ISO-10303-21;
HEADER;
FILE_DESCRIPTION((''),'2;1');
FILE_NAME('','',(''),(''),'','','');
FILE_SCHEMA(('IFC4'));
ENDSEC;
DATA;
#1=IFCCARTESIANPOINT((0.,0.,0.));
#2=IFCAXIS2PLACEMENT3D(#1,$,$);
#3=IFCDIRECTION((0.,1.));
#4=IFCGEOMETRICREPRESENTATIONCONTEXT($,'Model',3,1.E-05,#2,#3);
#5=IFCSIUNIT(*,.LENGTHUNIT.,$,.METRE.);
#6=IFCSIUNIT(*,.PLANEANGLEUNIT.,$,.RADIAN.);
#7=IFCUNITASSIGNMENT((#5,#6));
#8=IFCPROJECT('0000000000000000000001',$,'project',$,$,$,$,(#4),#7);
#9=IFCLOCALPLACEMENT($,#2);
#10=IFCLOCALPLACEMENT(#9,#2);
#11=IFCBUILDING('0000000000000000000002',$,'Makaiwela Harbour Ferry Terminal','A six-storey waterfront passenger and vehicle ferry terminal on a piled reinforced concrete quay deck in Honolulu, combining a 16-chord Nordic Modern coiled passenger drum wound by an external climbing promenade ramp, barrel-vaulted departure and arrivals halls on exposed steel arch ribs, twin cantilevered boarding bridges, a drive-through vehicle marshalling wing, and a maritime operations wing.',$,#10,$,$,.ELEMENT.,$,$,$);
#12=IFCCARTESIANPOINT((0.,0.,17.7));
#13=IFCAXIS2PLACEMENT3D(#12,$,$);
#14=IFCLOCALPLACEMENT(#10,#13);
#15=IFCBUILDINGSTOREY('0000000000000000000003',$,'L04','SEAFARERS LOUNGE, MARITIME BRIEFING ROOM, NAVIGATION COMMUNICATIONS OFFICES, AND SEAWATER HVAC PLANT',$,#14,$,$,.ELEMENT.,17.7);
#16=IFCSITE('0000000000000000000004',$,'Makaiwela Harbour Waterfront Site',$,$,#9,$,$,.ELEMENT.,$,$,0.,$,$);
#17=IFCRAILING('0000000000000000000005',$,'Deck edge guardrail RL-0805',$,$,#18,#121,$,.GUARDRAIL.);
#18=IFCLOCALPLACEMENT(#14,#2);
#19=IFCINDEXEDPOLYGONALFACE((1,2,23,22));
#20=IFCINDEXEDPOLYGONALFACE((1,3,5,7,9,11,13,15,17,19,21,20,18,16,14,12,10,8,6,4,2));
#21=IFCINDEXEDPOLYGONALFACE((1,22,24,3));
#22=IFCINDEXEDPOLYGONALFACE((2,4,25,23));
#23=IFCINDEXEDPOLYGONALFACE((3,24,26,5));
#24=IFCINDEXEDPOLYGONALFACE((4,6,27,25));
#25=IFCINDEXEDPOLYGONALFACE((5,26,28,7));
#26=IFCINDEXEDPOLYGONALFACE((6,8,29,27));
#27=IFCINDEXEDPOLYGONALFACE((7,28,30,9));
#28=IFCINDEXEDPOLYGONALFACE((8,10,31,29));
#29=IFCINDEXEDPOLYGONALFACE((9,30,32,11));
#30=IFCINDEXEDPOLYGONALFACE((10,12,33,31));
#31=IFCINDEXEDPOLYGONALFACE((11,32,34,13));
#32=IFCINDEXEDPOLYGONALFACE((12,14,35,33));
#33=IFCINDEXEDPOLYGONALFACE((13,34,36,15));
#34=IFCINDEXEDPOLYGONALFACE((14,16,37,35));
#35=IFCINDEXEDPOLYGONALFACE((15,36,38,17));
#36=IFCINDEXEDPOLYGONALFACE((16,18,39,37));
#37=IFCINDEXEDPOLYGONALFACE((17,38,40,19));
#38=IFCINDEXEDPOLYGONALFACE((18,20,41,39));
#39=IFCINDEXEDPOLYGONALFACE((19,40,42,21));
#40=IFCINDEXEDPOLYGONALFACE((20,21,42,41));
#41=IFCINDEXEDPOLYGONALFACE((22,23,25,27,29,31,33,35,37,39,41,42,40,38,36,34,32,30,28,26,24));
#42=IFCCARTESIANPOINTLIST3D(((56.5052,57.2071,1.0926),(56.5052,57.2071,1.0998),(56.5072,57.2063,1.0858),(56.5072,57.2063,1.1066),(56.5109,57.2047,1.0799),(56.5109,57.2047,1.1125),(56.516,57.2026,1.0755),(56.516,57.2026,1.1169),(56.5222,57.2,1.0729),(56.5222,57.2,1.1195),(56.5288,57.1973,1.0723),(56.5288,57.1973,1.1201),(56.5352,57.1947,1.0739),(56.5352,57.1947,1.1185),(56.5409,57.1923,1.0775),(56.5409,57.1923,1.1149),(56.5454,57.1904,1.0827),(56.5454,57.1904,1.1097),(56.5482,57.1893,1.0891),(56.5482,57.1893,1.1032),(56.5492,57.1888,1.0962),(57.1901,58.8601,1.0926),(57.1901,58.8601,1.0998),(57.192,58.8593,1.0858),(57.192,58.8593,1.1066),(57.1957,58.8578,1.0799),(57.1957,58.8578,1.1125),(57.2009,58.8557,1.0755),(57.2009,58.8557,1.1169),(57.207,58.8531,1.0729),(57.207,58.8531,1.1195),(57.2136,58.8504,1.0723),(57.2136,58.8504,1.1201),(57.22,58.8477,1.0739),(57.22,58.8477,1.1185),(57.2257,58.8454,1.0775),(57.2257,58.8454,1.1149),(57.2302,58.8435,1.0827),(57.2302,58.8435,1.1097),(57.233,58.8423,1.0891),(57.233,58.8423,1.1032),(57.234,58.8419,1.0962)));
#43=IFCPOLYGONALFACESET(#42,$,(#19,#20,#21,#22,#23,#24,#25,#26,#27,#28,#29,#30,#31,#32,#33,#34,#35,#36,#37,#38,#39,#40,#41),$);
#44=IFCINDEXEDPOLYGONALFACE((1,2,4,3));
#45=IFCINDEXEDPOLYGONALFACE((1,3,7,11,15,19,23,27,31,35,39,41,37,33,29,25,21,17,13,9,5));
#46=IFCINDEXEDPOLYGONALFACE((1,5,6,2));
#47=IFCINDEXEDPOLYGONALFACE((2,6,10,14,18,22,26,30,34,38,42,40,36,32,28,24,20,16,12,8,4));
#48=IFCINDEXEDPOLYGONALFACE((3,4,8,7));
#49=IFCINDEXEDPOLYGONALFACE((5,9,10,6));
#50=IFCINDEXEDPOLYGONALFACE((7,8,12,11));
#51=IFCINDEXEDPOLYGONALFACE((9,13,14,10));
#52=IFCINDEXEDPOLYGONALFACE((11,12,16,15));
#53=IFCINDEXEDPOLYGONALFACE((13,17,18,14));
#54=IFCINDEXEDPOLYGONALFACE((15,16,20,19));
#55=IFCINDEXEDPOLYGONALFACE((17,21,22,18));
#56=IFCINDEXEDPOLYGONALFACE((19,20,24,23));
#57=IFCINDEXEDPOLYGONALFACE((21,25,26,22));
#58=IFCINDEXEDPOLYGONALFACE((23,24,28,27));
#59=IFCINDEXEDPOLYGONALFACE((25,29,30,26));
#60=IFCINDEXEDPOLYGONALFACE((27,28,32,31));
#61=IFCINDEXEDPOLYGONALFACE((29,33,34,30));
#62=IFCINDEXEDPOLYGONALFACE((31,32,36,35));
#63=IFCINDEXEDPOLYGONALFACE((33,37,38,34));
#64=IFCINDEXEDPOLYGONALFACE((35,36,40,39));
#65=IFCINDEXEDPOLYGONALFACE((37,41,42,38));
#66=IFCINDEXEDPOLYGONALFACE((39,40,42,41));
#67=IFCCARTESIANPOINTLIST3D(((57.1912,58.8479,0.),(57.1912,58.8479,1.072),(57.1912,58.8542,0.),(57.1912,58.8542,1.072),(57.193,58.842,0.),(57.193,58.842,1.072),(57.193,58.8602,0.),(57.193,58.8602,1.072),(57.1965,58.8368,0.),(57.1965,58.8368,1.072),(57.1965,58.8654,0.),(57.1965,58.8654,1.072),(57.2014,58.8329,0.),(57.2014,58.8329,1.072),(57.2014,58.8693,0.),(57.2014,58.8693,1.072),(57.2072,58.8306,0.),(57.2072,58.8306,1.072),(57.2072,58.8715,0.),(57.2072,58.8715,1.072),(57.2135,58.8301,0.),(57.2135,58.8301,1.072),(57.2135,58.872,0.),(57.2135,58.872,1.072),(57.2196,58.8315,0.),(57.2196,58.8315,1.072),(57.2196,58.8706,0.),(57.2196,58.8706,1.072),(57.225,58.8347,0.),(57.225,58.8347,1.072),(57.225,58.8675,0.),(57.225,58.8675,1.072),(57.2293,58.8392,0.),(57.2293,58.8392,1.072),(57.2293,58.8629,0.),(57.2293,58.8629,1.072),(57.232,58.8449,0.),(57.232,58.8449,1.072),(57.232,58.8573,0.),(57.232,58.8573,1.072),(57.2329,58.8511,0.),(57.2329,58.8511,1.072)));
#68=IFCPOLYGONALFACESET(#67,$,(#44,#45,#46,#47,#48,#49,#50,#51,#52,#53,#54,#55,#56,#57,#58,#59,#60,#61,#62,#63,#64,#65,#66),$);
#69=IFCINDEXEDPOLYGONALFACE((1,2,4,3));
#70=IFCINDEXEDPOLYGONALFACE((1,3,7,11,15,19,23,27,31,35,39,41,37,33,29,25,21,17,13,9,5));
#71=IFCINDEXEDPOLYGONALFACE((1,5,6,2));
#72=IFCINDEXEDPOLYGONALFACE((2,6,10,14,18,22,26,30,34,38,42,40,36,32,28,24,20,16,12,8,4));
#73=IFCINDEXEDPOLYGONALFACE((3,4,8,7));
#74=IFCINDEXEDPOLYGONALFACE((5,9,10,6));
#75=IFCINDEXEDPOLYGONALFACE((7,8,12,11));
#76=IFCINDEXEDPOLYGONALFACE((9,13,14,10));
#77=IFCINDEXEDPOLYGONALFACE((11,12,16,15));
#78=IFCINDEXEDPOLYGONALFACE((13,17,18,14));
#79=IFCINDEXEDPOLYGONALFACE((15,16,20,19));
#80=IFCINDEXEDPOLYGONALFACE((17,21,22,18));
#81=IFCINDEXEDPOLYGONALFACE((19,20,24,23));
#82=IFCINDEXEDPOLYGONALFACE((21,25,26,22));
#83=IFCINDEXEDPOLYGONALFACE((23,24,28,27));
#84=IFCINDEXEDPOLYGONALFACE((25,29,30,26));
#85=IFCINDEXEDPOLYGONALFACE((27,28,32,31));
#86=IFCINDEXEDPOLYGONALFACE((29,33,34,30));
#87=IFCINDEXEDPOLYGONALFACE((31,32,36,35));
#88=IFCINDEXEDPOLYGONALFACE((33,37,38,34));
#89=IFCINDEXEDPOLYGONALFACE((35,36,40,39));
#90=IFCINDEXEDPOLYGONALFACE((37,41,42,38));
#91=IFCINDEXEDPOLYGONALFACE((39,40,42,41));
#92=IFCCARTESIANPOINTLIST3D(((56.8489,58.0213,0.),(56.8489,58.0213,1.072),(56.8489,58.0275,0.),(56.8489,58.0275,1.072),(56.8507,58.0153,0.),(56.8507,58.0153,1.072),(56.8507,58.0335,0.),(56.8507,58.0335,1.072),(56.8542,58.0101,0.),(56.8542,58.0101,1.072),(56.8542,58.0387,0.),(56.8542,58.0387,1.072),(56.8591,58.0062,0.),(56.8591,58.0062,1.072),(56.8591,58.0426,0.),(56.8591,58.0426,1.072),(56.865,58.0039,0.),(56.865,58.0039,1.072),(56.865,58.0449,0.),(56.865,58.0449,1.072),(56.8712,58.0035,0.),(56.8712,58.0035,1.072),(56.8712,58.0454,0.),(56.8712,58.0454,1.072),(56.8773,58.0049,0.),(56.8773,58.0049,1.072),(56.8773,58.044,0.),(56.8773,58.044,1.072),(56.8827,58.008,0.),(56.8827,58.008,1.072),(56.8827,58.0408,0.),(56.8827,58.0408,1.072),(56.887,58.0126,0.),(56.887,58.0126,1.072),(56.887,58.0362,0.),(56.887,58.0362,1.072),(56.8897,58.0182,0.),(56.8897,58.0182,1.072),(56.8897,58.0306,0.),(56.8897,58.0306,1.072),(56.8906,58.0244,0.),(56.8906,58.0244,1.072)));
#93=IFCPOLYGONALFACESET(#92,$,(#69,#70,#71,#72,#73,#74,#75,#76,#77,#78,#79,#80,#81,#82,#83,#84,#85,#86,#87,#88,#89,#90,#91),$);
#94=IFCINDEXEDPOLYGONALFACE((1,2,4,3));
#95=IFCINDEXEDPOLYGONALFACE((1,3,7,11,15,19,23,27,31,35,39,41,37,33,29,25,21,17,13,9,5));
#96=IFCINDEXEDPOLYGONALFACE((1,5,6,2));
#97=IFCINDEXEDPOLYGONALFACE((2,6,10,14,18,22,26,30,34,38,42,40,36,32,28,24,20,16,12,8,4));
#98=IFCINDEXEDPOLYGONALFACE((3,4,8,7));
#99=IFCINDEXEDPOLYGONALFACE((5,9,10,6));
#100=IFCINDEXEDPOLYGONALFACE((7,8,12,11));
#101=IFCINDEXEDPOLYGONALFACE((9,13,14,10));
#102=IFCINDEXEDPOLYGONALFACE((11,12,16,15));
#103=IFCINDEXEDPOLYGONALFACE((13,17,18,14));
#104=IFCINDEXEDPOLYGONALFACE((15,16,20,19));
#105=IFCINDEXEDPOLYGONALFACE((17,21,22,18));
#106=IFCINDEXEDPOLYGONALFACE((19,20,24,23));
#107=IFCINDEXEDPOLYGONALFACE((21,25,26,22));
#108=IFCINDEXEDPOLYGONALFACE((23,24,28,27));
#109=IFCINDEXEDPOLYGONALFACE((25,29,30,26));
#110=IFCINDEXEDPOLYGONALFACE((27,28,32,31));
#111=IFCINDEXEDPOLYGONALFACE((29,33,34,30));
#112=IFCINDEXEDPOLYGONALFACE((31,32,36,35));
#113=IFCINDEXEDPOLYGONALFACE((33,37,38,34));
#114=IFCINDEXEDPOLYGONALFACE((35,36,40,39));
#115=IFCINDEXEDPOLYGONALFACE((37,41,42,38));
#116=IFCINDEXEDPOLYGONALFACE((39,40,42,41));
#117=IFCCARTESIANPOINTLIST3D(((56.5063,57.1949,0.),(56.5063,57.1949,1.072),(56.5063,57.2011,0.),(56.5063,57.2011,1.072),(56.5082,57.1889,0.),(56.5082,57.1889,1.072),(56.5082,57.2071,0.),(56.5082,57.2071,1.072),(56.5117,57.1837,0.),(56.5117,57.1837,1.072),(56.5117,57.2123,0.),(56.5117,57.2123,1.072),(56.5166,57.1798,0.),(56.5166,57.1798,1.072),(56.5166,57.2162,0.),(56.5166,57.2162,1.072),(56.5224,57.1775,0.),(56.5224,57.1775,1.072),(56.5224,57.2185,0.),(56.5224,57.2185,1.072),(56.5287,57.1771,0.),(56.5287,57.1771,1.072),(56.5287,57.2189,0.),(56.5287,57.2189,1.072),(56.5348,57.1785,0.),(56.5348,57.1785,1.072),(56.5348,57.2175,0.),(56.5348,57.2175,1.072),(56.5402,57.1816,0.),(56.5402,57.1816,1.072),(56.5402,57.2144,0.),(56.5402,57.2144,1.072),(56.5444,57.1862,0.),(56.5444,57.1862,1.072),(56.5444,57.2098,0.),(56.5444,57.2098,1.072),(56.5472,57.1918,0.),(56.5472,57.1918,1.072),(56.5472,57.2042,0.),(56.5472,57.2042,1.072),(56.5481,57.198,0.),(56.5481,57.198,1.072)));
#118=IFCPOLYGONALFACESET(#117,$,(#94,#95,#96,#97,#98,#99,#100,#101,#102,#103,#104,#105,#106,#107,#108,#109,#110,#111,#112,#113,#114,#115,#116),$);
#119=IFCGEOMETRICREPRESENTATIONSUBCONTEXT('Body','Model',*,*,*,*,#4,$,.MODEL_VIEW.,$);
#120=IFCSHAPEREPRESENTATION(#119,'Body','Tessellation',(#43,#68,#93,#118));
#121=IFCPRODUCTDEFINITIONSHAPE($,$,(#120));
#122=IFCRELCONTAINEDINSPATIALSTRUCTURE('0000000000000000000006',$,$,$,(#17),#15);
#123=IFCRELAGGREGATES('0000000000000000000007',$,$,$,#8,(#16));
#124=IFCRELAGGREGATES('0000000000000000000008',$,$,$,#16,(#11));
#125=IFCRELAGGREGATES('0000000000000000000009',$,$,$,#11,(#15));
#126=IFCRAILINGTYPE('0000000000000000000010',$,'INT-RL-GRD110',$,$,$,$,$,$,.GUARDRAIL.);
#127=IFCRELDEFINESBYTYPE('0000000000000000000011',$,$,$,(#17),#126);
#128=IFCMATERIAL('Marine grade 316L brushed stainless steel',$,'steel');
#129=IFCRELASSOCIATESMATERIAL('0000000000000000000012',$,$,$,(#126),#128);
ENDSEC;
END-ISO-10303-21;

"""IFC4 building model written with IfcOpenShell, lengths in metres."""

from ifc_helpers import new_model, si_unit, direction, frame, origin, origin_2d, place, context, subcontext, project, spatial, circle, extrude, material, type_object, element, save


model = new_model("IFC4")

# Units and contexts
model_context = context("Model", 3, precision=1e-05, world=origin(), true_north=direction((0.0, 1.0)))
body_context = subcontext(model_context, "Body", "Model", "MODEL_VIEW")
ifc_project = project(units=[si_unit("LENGTHUNIT", "METRE"), si_unit("PLANEANGLEUNIT", "RADIAN")], contexts=[model_context])

# Site, building, storey
site_placement = place(None, origin())
site = spatial("IfcSite", under=ifc_project, at=site_placement, Name="Makaiwela Harbour Waterfront Site", CompositionType="ELEMENT", RefElevation=0.0)
building_placement = place(site_placement, origin())
building = spatial("IfcBuilding", under=site, at=building_placement, Name="Makaiwela Harbour Ferry Terminal", Description="A six-storey waterfront passenger and vehicle ferry terminal on a piled reinforced concrete quay deck in Honolulu, combining a 16-chord Nordic Modern coiled passenger drum wound by an external climbing promenade ramp, barrel-vaulted departure and arrivals halls on exposed steel arch ribs, twin cantilevered boarding bridges, a drive-through vehicle marshalling wing, and a maritime operations wing.", CompositionType="ELEMENT")
storey_placement = place(building_placement, frame((0.0, 0.0, 17.7)))
storey = spatial("IfcBuildingStorey", under=building, at=storey_placement, Name="L04", Description="SEAFARERS LOUNGE, MARITIME BRIEFING ROOM, NAVIGATION COMMUNICATIONS OFFICES, AND SEAWATER HVAC PLANT", CompositionType="ELEMENT", Elevation=17.7)

# Railing
ifc_material_1 = material(Name="Marine grade 316L brushed stainless steel", Category="steel")
railing_type = type_object("IfcRailingType", Name="INT-RL-GRD110", PredefinedType="GUARDRAIL", material=ifc_material_1)
railing_1_placement = place(storey_placement, frame((57.2119, 58.8511, 0.0)))
element("IfcRailing", 1, at=railing_1_placement, inside=storey, type_object=railing_type, Name="Deck edge guardrail RL-0805", PredefinedType="GUARDRAIL", context=body_context, shape_type="SweptSolid", body=[
    extrude(circle(Radius=0.0239, at=origin_2d()), frame((0.0, 0.0, 1.0962), z_axis=(-0.382725, -0.923862, 0.0), x_axis=(0.923862, -0.382725, 0.0)), (0.0, 0.0, 1.0), 1.7893),
    extrude(circle(Radius=0.021, at=origin_2d()), origin(), (0.0, 0.0, 1.0), 1.072),
    extrude(circle(Radius=0.021, at=origin_2d()), frame((-0.3423, -0.8267, 0.0)), (0.0, 0.0, 1.0), 1.072),
    extrude(circle(Radius=0.021, at=origin_2d()), frame((-0.6848, -1.6531, 0.0)), (0.0, 0.0, 1.0), 1.072),
])

save(model, "model.ifc")
